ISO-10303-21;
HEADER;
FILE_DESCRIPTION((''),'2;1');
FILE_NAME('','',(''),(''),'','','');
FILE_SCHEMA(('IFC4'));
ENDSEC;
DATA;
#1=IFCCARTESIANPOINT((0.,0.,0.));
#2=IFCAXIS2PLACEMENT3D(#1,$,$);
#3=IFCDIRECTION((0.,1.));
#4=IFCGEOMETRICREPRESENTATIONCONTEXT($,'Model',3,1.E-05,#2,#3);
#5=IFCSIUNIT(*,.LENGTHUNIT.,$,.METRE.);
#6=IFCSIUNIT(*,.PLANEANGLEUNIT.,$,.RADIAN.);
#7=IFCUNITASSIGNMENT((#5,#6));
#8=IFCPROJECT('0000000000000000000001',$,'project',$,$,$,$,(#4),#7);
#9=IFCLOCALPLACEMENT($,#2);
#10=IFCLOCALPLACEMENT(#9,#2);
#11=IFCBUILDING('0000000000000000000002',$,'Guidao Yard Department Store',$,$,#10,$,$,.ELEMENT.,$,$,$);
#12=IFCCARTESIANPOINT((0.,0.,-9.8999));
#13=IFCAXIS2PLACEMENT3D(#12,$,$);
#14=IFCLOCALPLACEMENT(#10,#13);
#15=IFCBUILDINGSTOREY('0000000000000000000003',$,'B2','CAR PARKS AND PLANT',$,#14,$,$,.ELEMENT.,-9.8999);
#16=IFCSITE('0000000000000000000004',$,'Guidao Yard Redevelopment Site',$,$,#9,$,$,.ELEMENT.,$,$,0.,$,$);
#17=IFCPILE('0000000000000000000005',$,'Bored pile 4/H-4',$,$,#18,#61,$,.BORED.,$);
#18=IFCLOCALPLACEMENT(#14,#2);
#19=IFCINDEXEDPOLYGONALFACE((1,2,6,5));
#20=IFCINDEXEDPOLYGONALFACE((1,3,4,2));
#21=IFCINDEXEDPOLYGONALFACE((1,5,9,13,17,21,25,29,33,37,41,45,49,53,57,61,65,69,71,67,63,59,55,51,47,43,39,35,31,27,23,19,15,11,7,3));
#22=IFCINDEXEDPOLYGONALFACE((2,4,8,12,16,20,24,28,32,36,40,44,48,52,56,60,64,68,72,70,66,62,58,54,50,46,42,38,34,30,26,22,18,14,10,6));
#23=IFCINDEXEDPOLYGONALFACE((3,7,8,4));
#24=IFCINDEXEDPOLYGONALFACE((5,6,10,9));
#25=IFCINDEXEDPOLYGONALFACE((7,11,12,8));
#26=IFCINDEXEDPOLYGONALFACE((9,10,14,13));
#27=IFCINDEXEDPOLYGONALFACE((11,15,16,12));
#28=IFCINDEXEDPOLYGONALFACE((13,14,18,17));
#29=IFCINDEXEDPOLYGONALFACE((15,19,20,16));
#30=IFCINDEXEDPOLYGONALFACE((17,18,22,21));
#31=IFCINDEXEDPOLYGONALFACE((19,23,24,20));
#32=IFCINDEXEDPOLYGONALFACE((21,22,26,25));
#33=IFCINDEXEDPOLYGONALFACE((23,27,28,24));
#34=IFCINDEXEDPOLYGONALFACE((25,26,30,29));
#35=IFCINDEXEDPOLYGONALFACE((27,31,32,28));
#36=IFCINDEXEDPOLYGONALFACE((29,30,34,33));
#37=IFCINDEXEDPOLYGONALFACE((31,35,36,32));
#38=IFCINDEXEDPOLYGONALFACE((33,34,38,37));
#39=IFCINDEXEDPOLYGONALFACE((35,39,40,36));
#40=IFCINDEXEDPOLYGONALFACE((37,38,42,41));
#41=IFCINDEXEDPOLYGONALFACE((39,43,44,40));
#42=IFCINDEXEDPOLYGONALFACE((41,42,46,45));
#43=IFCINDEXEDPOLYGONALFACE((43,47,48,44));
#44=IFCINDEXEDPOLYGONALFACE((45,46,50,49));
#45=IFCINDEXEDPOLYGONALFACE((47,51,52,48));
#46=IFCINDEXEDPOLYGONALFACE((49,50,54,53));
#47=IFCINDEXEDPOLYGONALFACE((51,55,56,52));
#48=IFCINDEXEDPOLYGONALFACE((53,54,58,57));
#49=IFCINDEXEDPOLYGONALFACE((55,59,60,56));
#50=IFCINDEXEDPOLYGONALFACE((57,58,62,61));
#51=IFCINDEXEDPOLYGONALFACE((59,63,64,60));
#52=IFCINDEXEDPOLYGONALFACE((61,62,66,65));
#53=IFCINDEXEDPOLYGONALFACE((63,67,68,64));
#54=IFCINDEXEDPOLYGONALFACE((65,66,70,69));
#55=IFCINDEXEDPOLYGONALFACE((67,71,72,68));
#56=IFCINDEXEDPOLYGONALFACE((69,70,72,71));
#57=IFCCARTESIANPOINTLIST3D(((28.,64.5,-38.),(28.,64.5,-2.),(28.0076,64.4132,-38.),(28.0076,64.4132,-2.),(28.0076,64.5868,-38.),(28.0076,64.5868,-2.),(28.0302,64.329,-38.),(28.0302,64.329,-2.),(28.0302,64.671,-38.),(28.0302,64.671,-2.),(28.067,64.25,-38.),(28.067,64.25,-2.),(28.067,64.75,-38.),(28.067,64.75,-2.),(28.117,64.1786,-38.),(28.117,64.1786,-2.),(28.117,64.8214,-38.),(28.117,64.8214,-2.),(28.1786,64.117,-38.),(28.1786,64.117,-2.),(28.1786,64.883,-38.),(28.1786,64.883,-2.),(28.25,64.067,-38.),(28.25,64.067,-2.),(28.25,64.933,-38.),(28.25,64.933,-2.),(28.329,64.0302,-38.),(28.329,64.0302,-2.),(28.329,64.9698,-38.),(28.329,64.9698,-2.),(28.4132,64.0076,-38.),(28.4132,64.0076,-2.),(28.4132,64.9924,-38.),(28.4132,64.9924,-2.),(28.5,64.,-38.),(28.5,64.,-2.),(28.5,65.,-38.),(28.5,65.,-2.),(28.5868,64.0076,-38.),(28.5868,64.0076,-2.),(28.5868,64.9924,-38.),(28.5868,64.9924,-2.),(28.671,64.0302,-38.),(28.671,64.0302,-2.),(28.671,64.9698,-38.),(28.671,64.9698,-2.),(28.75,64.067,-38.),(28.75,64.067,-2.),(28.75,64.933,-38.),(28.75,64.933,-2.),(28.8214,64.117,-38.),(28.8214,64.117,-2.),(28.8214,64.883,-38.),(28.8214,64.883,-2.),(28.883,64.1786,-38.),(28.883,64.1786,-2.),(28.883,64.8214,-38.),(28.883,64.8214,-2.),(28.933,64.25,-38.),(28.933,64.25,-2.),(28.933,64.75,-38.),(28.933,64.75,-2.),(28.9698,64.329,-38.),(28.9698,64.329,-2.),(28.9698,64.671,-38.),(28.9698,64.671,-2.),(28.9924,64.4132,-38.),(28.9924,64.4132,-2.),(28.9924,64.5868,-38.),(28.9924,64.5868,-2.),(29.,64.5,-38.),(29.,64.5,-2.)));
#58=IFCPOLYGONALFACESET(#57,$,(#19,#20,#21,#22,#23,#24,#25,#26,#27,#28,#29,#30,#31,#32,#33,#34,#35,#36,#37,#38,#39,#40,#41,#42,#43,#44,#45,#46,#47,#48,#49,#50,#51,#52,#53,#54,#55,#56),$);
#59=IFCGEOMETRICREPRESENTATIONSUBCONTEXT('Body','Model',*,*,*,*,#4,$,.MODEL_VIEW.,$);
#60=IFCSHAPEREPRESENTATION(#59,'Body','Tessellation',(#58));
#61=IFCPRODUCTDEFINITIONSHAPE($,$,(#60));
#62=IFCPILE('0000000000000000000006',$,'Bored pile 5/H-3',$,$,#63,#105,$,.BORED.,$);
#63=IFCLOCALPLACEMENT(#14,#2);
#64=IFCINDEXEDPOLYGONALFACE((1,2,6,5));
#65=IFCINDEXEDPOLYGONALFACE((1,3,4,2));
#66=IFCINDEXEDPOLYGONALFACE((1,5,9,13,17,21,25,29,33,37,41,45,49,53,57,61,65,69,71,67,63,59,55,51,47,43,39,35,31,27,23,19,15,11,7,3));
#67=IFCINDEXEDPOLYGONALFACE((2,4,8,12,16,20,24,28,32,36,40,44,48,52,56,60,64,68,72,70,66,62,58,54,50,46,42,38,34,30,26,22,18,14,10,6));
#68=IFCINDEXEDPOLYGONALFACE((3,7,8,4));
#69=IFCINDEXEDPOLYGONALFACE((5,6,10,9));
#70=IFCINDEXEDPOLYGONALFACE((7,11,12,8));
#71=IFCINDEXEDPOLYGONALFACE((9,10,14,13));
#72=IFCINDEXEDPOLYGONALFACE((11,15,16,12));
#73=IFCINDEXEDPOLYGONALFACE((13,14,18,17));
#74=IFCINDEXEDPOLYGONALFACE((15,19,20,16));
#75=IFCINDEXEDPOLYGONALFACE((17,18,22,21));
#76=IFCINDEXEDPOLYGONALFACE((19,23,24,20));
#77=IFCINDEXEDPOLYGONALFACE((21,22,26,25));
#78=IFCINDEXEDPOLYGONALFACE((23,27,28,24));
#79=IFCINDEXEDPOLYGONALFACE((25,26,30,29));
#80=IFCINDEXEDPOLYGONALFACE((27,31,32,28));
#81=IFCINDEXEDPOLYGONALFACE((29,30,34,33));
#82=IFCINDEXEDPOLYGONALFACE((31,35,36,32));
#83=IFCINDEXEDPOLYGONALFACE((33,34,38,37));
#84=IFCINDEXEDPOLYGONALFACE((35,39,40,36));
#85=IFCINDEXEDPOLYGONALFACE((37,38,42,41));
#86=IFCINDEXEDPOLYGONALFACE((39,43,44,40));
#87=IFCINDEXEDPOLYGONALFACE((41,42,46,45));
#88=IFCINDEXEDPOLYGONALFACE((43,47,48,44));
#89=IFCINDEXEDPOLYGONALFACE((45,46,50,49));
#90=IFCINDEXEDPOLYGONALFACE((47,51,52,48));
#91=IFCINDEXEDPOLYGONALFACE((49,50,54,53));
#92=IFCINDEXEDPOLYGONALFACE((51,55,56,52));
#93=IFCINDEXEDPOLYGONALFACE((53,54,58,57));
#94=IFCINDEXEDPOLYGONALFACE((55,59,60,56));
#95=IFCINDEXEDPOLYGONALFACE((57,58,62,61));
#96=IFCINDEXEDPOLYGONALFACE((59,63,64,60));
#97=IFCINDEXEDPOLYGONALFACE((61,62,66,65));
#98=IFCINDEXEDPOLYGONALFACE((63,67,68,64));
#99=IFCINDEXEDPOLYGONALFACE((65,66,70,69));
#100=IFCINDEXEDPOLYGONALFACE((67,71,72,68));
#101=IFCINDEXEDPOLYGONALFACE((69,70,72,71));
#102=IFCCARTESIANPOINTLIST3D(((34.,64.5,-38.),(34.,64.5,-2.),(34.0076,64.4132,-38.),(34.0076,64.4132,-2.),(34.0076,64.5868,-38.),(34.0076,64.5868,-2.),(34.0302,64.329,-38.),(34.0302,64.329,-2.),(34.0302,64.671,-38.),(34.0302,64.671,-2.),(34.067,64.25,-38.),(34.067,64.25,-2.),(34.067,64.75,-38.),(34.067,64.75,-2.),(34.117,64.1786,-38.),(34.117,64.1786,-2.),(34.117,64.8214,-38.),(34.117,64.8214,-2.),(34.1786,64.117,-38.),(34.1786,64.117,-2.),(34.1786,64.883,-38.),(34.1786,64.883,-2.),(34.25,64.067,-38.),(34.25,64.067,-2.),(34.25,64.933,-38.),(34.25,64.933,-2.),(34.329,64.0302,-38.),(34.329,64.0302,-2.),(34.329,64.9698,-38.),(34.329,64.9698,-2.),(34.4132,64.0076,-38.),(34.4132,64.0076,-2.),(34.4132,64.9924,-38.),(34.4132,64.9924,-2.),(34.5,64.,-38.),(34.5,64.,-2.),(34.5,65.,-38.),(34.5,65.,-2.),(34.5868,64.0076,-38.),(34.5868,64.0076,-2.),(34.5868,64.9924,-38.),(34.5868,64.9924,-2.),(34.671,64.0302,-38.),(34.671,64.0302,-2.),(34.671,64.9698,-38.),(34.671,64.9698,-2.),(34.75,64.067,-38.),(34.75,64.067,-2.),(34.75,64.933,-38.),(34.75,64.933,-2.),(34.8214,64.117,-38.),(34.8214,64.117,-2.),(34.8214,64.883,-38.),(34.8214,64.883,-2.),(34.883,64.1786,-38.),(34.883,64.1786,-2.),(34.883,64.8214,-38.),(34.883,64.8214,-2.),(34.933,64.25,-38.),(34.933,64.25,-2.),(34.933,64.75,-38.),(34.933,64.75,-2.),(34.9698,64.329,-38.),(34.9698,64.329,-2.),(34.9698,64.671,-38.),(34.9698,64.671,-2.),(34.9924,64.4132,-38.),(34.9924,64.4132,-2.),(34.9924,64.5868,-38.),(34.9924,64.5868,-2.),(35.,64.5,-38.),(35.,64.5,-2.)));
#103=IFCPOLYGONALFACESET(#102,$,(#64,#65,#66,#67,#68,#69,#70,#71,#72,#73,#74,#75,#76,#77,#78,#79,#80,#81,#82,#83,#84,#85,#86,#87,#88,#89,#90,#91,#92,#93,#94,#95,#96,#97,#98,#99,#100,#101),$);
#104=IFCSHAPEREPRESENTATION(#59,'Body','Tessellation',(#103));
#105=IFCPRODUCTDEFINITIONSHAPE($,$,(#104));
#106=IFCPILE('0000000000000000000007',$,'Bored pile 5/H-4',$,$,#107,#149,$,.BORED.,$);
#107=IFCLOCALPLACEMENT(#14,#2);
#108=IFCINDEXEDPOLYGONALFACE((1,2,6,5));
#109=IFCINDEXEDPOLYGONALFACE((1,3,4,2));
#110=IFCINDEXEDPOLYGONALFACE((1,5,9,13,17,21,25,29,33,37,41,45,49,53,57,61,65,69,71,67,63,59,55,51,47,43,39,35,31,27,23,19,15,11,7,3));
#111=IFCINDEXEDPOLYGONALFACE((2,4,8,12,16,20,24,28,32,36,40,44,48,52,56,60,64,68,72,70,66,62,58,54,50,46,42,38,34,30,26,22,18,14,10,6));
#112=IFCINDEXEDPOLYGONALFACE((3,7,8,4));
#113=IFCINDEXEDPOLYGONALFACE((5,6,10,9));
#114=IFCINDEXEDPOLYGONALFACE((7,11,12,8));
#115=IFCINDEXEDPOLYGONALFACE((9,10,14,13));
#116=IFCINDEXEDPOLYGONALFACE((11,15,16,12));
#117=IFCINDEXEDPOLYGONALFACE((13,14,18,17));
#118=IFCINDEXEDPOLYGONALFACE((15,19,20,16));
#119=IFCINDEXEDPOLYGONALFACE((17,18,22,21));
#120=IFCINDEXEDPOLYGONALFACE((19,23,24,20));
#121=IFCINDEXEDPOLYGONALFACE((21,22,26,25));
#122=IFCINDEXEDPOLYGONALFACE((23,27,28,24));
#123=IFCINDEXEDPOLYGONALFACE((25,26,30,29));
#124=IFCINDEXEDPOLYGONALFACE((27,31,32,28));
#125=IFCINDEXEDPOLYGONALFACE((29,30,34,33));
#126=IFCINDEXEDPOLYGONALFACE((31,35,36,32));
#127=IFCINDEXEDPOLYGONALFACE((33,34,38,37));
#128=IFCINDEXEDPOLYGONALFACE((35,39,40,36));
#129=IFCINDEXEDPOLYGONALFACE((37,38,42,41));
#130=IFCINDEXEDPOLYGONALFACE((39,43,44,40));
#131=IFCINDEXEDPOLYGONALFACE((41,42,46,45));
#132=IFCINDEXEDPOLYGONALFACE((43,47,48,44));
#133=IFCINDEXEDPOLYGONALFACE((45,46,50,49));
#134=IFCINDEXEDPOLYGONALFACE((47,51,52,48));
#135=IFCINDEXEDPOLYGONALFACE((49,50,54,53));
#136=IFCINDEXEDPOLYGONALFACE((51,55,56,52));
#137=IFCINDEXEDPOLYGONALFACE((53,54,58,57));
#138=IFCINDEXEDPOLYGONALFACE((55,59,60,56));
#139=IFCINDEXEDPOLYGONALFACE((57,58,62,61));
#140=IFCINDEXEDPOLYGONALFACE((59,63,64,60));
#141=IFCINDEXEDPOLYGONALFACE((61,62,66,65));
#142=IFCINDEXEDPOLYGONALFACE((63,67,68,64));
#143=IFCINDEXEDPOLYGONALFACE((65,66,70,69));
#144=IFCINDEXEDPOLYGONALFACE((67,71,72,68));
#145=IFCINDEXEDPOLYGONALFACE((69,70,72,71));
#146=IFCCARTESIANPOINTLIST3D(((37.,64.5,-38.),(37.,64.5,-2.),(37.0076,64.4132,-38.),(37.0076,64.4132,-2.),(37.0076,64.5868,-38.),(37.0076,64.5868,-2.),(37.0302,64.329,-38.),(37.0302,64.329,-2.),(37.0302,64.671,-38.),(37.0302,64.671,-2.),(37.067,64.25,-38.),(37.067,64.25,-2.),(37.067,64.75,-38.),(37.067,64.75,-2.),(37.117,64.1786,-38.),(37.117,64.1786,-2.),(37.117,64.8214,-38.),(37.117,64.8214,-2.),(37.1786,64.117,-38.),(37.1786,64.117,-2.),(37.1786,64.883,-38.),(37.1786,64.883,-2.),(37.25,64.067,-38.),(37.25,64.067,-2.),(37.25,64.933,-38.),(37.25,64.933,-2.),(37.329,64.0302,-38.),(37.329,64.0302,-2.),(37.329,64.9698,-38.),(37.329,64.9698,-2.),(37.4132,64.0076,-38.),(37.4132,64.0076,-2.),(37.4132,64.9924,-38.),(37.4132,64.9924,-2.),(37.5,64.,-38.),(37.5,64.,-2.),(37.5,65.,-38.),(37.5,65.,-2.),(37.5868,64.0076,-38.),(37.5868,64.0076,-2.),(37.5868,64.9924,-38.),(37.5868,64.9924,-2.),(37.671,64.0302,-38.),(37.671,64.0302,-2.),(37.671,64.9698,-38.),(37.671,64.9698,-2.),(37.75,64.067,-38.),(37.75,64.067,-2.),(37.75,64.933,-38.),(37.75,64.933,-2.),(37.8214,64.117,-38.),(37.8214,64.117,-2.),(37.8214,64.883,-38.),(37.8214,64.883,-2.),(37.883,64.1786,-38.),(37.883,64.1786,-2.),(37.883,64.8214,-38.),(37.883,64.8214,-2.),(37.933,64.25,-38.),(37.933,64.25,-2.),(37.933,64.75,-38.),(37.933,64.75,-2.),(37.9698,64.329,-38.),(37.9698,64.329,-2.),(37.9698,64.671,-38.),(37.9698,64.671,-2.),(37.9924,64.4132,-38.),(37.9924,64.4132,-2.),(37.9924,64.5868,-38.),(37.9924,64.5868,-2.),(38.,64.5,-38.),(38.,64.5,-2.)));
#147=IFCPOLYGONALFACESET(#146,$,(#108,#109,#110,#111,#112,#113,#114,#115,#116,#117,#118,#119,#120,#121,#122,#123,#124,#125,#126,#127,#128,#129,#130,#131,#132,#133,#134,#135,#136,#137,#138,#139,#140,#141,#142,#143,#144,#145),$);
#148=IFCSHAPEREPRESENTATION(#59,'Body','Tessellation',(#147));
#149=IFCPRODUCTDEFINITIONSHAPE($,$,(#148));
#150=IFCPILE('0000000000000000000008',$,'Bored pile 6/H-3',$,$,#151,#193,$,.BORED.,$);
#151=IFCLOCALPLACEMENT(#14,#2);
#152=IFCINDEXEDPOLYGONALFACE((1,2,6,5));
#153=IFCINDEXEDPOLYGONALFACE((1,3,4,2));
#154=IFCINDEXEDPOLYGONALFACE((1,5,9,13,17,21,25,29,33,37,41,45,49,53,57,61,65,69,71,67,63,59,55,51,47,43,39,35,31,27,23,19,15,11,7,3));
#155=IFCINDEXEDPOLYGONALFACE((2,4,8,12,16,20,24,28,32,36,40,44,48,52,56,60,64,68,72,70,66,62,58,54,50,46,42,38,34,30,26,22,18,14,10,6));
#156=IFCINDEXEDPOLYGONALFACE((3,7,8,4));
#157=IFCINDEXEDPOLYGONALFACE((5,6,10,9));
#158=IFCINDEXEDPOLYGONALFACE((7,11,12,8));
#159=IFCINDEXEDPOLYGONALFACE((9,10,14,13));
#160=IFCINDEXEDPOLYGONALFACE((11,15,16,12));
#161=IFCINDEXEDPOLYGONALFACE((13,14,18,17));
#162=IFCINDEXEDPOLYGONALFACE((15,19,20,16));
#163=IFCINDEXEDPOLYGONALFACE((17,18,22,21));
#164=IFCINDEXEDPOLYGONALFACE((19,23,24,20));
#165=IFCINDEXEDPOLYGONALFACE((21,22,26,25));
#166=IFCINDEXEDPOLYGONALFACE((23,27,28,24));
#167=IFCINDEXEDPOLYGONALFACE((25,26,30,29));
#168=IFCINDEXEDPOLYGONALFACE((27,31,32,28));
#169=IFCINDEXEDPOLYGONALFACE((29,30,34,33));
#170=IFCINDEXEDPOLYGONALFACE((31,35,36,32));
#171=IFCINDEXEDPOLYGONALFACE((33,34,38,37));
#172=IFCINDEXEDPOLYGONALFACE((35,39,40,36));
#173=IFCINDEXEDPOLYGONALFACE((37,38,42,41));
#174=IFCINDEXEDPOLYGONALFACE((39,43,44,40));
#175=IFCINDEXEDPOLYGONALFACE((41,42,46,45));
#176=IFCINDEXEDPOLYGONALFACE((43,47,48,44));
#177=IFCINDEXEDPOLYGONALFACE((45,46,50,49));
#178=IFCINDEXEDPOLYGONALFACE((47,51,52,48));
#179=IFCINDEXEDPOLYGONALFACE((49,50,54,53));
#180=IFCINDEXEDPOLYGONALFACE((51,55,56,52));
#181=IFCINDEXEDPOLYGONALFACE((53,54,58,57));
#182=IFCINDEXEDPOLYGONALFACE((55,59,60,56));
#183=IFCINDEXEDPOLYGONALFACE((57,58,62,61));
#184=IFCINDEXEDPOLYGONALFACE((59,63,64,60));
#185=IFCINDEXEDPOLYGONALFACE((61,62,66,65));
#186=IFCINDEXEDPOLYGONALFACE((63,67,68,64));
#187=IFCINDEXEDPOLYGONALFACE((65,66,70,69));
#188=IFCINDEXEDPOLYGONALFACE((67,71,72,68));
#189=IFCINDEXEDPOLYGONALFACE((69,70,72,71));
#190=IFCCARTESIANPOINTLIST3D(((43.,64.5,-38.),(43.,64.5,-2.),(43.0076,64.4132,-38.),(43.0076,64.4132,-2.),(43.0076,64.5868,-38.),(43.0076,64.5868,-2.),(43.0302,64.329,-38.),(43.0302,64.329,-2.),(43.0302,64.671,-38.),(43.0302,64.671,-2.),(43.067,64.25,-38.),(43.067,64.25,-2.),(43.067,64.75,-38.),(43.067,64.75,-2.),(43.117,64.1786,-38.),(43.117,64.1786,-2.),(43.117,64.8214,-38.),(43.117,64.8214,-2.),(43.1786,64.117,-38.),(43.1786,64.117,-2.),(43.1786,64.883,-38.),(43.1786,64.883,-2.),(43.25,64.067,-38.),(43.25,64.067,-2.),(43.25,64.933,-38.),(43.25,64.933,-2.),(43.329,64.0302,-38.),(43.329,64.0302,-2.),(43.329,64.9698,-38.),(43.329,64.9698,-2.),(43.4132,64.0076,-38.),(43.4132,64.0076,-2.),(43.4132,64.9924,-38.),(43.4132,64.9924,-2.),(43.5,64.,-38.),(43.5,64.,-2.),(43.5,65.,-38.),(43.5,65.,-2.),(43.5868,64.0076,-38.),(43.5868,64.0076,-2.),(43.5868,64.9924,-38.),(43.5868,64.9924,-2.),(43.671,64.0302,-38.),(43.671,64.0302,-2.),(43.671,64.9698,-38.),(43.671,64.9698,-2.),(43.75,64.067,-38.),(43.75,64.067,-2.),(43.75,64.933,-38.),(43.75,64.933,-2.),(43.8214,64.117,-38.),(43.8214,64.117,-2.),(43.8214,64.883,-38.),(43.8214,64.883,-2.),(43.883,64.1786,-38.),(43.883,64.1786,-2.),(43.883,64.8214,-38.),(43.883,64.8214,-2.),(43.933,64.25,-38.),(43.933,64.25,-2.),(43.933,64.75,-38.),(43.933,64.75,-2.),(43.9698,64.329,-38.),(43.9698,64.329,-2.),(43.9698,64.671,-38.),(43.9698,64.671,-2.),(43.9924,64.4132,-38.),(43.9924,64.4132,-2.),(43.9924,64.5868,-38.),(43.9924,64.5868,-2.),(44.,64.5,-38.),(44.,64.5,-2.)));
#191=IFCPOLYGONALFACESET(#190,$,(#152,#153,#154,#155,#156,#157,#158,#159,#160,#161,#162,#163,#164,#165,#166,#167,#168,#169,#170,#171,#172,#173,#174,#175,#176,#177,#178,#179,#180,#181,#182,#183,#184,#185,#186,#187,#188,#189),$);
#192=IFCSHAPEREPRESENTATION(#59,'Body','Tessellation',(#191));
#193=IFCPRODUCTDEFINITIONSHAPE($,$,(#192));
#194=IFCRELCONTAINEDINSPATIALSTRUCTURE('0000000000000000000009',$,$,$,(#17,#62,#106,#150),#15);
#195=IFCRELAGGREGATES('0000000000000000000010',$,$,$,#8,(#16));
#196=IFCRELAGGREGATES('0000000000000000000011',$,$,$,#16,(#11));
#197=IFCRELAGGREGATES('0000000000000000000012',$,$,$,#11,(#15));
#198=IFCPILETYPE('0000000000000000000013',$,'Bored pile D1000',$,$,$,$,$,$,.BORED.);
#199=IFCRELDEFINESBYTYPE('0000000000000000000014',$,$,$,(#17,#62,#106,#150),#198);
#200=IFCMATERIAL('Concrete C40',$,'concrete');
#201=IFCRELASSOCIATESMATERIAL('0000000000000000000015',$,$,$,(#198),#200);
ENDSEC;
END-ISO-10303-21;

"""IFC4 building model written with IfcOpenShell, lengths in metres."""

from ifc_helpers import new_model, si_unit, direction, frame, origin, origin_2d, place, context, subcontext, project, spatial, circle, extrude, material, material_profile, profile_set, type_object, element, save


model = new_model("IFC4")

# Units and contexts
model_context = context("Model", 3, precision=1e-05, world=origin(), true_north=direction((0.0, 1.0)))
body_context = subcontext(model_context, "Body", "Model", "MODEL_VIEW")
ifc_project = project(units=[si_unit("LENGTHUNIT", "METRE"), si_unit("PLANEANGLEUNIT", "RADIAN")], contexts=[model_context])

# Site, building, storey
site_placement = place(None, origin())
site = spatial("IfcSite", under=ifc_project, at=site_placement, Name="Guidao Yard Redevelopment Site", CompositionType="ELEMENT", RefElevation=0.0)
building_placement = place(site_placement, origin())
building = spatial("IfcBuilding", under=site, at=building_placement, Name="Guidao Yard Department Store", CompositionType="ELEMENT")
storey_placement = place(building_placement, frame((0.0, 0.0, -9.8999)))
storey = spatial("IfcBuildingStorey", under=building, at=storey_placement, Name="B2", Description="CAR PARKS AND PLANT", CompositionType="ELEMENT", Elevation=-9.8999)

# Piles
ifc_material_1 = material(Name="Concrete C40", Category="concrete")
ifc_material_profile_1 = material_profile(ifc_material_1, circle(Radius=0.5, at=origin_2d()), Name="Bored pile D1000")
ifc_profile_set_1 = profile_set([ifc_material_profile_1], Name="Concrete C40")
pile_type = type_object("IfcPileType", Name="Bored pile D1000", PredefinedType="BORED", material=ifc_profile_set_1)
for number, where, z_axis, x_axis, name in (
    (1, (28.5, 64.5, -2.0), (0.0, 0.0, -1.0), (1.0, 0.0, 0.0), "Bored pile 4/H-4"),
    (2, (34.5, 64.5, -2.0), (0.0, 0.0, -1.0), (1.0, 0.0, 0.0), "Bored pile 5/H-3"),
    (3, (37.5, 64.5, -2.0), (0.0, 0.0, -1.0), (1.0, 0.0, 0.0), "Bored pile 5/H-4"),
    (4, (43.5, 64.5, -2.0), (0.0, 0.0, -1.0), (1.0, 0.0, 0.0), "Bored pile 6/H-3"),
):
    element("IfcPile", number, at=place(storey_placement, frame(where, z_axis=z_axis, x_axis=x_axis)), inside=storey, type_object=pile_type, Name=name, PredefinedType="BORED", context=body_context, shape_type="SweptSolid", body=[
        extrude(circle(Radius=0.5, at=origin_2d()), origin(), (0.0, 0.0, 1.0), 36.0),
    ])

save(model, "model.ifc")
